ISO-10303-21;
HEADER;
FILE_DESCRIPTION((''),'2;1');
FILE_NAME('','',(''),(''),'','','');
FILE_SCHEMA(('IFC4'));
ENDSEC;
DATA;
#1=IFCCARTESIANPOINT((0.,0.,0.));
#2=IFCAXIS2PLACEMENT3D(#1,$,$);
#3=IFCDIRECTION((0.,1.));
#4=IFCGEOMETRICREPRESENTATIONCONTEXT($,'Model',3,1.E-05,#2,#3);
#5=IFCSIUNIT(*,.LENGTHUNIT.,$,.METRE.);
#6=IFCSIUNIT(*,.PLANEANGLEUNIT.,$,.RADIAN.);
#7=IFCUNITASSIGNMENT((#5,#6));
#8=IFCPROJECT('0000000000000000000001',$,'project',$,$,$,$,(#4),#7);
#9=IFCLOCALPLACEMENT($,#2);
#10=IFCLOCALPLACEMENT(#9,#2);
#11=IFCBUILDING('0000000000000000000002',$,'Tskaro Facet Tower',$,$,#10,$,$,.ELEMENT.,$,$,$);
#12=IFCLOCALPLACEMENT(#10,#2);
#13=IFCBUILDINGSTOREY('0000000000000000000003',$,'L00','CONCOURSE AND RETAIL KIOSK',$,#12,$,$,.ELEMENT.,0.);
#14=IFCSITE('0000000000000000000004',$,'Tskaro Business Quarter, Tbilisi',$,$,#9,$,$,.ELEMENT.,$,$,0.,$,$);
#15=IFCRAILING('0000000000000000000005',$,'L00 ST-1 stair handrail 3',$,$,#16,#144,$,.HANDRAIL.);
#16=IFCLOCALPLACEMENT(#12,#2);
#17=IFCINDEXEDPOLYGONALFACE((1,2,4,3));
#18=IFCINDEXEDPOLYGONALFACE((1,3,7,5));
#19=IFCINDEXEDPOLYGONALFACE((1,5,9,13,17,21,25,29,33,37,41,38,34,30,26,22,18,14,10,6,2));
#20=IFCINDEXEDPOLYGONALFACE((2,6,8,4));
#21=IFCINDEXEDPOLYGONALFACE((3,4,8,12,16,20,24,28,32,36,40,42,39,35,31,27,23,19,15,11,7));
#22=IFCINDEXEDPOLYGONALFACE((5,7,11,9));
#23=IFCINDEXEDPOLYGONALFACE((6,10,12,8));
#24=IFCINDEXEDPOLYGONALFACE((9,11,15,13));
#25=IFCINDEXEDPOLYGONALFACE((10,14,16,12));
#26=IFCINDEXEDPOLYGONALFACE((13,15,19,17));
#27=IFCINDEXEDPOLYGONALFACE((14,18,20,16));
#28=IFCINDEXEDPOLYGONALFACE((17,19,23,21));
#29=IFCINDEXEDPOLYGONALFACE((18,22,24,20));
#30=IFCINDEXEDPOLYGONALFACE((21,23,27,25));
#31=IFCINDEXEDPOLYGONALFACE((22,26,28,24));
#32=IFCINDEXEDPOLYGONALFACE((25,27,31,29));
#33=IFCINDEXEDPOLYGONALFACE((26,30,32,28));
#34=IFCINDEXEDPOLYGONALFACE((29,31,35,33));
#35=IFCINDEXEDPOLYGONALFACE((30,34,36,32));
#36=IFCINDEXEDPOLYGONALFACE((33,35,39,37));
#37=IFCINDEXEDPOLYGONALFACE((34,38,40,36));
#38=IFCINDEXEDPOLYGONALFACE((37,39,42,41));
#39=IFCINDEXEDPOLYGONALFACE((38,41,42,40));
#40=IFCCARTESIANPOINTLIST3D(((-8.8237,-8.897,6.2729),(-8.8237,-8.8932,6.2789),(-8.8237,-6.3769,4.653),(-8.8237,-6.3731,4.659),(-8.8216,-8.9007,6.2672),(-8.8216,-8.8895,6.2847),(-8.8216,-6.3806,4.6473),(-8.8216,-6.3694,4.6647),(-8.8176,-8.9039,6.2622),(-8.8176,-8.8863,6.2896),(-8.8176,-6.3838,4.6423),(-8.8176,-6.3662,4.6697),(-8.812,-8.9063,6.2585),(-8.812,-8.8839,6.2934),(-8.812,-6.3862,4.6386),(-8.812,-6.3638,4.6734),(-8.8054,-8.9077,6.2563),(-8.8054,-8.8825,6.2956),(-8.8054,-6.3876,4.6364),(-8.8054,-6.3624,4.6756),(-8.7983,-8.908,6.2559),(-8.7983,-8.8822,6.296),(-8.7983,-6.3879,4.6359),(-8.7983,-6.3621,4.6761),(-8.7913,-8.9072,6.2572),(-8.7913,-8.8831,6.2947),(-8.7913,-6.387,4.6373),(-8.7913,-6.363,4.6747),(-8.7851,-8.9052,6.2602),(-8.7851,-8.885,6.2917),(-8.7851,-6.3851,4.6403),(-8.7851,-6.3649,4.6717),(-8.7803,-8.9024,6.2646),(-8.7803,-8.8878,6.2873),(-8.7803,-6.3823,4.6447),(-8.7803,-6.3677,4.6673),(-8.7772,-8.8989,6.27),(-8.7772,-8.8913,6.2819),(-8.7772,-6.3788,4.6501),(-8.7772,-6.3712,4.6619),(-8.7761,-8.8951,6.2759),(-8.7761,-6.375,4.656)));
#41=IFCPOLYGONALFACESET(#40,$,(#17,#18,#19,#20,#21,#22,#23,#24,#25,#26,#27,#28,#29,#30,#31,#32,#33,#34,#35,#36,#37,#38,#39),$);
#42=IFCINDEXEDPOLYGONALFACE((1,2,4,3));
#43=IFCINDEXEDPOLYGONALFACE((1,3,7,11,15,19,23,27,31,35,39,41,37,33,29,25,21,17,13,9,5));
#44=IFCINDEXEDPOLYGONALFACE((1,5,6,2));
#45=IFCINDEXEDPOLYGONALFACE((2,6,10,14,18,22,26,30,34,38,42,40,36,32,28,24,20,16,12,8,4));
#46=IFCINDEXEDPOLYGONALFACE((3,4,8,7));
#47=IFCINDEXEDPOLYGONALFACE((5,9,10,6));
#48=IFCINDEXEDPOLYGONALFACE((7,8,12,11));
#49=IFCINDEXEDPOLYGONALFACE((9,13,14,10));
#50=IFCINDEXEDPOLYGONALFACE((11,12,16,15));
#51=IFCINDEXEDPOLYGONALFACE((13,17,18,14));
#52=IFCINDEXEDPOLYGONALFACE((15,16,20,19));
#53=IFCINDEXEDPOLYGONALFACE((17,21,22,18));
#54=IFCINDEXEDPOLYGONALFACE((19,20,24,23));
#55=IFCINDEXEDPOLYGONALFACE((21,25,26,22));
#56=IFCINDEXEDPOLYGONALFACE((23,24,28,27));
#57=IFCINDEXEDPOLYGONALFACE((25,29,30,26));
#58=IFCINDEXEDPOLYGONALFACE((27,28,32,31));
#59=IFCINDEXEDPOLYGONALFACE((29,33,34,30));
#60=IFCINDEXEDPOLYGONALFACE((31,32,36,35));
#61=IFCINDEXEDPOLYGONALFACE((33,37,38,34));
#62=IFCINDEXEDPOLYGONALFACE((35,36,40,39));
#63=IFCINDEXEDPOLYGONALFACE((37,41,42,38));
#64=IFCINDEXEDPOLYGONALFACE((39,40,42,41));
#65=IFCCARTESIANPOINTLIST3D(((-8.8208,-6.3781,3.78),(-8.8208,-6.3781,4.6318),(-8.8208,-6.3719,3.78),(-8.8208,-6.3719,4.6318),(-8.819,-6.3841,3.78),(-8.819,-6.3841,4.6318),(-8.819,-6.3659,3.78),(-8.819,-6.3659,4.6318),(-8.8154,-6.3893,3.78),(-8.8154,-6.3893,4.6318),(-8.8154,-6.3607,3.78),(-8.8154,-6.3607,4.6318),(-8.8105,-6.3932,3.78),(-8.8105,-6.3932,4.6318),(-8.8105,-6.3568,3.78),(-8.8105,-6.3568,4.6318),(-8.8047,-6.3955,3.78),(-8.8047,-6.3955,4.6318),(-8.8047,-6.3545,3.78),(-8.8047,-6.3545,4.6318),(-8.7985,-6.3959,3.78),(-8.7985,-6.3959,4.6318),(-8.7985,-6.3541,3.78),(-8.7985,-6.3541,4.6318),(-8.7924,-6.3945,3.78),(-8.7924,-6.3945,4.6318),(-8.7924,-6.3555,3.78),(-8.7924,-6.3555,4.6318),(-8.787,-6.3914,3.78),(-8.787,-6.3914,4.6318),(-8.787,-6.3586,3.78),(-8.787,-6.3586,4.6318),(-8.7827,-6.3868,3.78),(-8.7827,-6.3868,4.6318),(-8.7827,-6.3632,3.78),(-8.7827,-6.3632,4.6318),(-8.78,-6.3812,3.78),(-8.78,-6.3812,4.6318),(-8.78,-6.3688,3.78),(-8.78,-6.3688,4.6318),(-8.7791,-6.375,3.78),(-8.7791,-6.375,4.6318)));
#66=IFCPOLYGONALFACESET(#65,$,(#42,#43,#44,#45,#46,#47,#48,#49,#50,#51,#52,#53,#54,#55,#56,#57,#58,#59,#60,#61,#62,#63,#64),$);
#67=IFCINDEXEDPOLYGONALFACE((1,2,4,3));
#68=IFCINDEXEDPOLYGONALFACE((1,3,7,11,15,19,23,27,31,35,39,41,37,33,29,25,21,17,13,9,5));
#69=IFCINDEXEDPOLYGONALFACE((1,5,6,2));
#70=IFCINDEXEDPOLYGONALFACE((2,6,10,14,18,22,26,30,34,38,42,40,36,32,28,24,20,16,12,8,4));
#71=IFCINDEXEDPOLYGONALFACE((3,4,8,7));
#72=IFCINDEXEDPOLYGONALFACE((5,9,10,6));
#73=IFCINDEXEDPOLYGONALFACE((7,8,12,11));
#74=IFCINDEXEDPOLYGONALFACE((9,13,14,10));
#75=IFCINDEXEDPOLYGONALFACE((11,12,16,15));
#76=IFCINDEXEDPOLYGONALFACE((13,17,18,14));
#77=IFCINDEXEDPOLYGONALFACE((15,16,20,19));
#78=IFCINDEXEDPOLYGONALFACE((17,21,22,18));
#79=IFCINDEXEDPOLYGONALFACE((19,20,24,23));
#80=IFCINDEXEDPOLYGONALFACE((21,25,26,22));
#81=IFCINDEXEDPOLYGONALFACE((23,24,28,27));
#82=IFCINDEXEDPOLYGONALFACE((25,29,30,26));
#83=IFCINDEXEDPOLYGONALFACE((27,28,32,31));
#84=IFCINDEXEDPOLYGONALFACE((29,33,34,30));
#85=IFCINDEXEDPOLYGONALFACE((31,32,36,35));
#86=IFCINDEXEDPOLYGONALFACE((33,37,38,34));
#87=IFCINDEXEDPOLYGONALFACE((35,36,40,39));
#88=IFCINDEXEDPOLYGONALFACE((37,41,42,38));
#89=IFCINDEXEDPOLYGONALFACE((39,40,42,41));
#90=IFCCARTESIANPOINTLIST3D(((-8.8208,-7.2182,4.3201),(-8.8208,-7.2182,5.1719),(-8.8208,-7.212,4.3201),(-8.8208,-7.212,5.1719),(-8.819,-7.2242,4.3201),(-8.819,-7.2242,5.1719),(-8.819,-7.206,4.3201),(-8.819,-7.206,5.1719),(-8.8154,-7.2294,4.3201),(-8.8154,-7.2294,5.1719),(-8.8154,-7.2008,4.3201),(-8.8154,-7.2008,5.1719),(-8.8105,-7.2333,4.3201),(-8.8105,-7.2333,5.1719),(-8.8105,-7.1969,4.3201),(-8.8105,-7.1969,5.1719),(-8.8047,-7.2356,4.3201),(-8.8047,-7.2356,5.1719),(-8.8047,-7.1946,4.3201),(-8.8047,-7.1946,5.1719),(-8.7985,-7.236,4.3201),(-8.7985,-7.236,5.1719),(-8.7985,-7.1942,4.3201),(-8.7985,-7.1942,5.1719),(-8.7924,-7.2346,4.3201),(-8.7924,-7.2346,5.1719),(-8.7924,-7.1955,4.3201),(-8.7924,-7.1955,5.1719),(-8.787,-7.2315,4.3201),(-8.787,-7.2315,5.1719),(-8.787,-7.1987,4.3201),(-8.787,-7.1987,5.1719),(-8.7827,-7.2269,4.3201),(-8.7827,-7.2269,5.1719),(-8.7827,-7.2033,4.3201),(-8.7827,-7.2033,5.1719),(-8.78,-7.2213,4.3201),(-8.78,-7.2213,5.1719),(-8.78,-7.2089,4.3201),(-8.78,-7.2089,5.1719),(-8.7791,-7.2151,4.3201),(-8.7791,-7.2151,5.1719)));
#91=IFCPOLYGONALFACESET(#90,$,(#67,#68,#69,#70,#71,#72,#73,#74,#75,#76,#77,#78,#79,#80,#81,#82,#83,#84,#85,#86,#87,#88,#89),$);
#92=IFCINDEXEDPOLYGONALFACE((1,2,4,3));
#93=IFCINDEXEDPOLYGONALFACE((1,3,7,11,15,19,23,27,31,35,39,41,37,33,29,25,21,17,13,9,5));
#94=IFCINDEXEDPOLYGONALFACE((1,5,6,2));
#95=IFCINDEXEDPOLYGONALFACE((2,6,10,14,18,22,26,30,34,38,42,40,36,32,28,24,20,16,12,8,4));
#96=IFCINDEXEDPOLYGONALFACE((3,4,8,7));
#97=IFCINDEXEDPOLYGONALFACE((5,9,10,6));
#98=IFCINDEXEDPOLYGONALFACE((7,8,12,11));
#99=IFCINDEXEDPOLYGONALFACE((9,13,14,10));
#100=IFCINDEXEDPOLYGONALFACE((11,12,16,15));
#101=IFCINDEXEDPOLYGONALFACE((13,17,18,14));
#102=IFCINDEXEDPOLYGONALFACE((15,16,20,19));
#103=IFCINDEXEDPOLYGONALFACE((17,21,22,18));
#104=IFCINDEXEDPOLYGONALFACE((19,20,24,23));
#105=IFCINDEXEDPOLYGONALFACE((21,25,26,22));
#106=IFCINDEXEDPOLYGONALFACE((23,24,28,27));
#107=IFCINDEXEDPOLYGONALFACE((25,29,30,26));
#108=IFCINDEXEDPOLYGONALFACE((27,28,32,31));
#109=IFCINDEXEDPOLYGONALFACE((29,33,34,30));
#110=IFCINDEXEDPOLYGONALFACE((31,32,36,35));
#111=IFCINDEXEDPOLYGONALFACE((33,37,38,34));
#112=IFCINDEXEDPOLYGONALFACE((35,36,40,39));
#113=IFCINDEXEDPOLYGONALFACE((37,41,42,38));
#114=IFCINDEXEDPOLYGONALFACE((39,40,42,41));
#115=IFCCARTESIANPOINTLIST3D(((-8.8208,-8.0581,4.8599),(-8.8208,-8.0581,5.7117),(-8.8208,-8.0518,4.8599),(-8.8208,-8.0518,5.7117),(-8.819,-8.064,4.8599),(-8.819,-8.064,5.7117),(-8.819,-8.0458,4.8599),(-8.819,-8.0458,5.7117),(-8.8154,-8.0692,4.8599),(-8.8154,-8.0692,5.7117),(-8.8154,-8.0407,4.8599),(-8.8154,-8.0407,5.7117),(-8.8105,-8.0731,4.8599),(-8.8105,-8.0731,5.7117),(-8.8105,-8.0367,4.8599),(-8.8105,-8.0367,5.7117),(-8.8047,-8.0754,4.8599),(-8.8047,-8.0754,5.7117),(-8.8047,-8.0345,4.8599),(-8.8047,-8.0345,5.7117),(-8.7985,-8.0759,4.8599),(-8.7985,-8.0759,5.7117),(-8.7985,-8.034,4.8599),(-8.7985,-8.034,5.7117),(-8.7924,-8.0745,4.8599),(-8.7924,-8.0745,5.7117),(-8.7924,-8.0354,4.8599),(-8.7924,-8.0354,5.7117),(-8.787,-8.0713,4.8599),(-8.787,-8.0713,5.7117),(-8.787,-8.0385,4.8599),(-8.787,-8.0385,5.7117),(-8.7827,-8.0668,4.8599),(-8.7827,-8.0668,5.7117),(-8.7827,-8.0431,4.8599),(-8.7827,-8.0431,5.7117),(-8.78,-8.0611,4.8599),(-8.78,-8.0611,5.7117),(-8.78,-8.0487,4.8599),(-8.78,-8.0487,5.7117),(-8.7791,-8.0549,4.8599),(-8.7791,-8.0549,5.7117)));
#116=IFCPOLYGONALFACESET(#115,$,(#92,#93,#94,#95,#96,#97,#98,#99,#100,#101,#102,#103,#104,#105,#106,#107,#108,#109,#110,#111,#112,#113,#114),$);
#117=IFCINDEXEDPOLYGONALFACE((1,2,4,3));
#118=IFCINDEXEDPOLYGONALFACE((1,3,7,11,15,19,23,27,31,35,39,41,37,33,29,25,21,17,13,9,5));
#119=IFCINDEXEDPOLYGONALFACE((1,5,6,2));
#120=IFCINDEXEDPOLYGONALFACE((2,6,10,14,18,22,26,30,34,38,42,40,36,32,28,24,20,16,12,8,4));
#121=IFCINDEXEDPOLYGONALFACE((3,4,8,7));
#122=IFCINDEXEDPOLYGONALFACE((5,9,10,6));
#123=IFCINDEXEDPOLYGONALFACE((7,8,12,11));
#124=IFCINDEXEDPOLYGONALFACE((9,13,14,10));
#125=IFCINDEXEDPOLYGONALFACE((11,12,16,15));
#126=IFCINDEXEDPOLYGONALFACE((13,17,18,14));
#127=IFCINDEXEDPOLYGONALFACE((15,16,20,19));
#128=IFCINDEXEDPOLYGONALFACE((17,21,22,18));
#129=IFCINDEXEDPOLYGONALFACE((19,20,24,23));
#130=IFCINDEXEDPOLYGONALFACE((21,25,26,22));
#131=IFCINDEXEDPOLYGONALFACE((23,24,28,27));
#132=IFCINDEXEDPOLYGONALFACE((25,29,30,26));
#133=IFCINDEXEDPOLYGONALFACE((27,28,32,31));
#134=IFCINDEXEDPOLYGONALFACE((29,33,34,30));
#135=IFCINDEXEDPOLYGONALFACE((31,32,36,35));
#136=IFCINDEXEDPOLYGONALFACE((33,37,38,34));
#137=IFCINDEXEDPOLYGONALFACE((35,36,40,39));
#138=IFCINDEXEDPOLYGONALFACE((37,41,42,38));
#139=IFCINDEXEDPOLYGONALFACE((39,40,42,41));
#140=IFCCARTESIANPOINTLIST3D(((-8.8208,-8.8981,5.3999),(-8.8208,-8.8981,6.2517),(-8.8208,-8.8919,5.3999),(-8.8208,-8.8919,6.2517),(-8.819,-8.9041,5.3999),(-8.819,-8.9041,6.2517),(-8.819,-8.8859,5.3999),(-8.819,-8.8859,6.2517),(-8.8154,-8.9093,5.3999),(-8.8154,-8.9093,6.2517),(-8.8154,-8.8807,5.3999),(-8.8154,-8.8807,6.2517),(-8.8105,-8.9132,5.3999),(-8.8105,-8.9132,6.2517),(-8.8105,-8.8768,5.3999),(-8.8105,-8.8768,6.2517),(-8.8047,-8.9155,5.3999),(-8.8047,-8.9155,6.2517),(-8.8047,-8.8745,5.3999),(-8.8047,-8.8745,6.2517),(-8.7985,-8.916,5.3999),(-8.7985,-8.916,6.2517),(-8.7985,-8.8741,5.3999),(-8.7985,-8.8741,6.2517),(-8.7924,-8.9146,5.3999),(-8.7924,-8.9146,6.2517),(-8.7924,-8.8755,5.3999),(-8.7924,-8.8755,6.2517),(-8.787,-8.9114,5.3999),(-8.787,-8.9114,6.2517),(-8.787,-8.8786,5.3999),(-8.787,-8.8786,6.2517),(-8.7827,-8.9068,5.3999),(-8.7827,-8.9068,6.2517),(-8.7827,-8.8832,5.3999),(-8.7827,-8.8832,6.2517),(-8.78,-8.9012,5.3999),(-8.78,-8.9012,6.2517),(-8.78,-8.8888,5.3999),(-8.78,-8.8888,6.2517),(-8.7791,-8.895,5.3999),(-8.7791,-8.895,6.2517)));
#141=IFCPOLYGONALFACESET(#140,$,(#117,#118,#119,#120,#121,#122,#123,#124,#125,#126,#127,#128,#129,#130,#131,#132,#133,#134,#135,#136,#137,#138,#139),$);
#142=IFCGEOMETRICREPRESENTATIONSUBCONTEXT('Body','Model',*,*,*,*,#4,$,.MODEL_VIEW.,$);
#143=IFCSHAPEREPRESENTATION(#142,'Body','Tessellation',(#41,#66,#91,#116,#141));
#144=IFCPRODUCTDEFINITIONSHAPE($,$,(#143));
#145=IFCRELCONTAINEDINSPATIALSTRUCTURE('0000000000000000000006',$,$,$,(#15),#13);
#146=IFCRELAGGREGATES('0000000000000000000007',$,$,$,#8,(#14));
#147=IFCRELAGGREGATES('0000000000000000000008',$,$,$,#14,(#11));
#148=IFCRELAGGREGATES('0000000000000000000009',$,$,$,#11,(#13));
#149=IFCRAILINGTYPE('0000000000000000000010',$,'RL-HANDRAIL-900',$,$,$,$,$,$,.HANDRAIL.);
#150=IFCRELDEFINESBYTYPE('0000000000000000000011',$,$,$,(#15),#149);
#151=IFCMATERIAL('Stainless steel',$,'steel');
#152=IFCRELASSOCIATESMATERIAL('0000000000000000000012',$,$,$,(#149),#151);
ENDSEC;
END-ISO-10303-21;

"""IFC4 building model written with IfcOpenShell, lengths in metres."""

from ifc_helpers import new_model, si_unit, direction, frame, origin, origin_2d, place, context, subcontext, project, spatial, circle, extrude, material, type_object, element, save


model = new_model("IFC4")

# Units and contexts
model_context = context("Model", 3, precision=1e-05, world=origin(), true_north=direction((0.0, 1.0)))
body_context = subcontext(model_context, "Body", "Model", "MODEL_VIEW")
ifc_project = project(units=[si_unit("LENGTHUNIT", "METRE"), si_unit("PLANEANGLEUNIT", "RADIAN")], contexts=[model_context])

# Site, building, storey
site_placement = place(None, origin())
site = spatial("IfcSite", under=ifc_project, at=site_placement, Name="Tskaro Business Quarter, Tbilisi", CompositionType="ELEMENT", RefElevation=0.0)
building_placement = place(site_placement, origin())
building = spatial("IfcBuilding", under=site, at=building_placement, Name="Tskaro Facet Tower", CompositionType="ELEMENT")
storey_placement = place(building_placement, origin())
storey = spatial("IfcBuildingStorey", under=building, at=storey_placement, Name="L00", Description="CONCOURSE AND RETAIL KIOSK", CompositionType="ELEMENT", Elevation=0.0)

# Shared definitions
ifc_material_1 = material(Name="Stainless steel", Category="steel")

# Railing
railing_type = type_object("IfcRailingType", Name="RL-HANDRAIL-900", PredefinedType="HANDRAIL", material=ifc_material_1)
railing_1_placement = place(storey_placement, frame((-8.8, -6.375, 3.78)))
element("IfcRailing", 1, at=railing_1_placement, inside=storey, type_object=railing_type, Name="L00 ST-1 stair handrail 3", PredefinedType="HANDRAIL", context=body_context, shape_type="SweptSolid", body=[
    extrude(circle(Radius=0.0239, at=origin_2d()), frame((0.0, 0.0, 0.876), z_axis=(0.0, -0.8412, 0.540725), x_axis=(1.0, 0.0, 0.0)), (0.0, 0.0, 1.0), 2.9958),
    extrude(circle(Radius=0.021, at=origin_2d()), origin(), (0.0, 0.0, 1.0), 0.8518),
    extrude(circle(Radius=0.021, at=origin_2d()), frame((0.0, -0.8401, 0.54)), (0.0, 0.0, 1.0), 0.8518),
    extrude(circle(Radius=0.021, at=origin_2d()), frame((0.0, -1.6799, 1.0798)), (0.0, 0.0, 1.0), 0.8518),
    extrude(circle(Radius=0.021, at=origin_2d()), frame((0.0, -2.52, 1.6199)), (0.0, 0.0, 1.0), 0.8518),
])

save(model, "model.ifc")
